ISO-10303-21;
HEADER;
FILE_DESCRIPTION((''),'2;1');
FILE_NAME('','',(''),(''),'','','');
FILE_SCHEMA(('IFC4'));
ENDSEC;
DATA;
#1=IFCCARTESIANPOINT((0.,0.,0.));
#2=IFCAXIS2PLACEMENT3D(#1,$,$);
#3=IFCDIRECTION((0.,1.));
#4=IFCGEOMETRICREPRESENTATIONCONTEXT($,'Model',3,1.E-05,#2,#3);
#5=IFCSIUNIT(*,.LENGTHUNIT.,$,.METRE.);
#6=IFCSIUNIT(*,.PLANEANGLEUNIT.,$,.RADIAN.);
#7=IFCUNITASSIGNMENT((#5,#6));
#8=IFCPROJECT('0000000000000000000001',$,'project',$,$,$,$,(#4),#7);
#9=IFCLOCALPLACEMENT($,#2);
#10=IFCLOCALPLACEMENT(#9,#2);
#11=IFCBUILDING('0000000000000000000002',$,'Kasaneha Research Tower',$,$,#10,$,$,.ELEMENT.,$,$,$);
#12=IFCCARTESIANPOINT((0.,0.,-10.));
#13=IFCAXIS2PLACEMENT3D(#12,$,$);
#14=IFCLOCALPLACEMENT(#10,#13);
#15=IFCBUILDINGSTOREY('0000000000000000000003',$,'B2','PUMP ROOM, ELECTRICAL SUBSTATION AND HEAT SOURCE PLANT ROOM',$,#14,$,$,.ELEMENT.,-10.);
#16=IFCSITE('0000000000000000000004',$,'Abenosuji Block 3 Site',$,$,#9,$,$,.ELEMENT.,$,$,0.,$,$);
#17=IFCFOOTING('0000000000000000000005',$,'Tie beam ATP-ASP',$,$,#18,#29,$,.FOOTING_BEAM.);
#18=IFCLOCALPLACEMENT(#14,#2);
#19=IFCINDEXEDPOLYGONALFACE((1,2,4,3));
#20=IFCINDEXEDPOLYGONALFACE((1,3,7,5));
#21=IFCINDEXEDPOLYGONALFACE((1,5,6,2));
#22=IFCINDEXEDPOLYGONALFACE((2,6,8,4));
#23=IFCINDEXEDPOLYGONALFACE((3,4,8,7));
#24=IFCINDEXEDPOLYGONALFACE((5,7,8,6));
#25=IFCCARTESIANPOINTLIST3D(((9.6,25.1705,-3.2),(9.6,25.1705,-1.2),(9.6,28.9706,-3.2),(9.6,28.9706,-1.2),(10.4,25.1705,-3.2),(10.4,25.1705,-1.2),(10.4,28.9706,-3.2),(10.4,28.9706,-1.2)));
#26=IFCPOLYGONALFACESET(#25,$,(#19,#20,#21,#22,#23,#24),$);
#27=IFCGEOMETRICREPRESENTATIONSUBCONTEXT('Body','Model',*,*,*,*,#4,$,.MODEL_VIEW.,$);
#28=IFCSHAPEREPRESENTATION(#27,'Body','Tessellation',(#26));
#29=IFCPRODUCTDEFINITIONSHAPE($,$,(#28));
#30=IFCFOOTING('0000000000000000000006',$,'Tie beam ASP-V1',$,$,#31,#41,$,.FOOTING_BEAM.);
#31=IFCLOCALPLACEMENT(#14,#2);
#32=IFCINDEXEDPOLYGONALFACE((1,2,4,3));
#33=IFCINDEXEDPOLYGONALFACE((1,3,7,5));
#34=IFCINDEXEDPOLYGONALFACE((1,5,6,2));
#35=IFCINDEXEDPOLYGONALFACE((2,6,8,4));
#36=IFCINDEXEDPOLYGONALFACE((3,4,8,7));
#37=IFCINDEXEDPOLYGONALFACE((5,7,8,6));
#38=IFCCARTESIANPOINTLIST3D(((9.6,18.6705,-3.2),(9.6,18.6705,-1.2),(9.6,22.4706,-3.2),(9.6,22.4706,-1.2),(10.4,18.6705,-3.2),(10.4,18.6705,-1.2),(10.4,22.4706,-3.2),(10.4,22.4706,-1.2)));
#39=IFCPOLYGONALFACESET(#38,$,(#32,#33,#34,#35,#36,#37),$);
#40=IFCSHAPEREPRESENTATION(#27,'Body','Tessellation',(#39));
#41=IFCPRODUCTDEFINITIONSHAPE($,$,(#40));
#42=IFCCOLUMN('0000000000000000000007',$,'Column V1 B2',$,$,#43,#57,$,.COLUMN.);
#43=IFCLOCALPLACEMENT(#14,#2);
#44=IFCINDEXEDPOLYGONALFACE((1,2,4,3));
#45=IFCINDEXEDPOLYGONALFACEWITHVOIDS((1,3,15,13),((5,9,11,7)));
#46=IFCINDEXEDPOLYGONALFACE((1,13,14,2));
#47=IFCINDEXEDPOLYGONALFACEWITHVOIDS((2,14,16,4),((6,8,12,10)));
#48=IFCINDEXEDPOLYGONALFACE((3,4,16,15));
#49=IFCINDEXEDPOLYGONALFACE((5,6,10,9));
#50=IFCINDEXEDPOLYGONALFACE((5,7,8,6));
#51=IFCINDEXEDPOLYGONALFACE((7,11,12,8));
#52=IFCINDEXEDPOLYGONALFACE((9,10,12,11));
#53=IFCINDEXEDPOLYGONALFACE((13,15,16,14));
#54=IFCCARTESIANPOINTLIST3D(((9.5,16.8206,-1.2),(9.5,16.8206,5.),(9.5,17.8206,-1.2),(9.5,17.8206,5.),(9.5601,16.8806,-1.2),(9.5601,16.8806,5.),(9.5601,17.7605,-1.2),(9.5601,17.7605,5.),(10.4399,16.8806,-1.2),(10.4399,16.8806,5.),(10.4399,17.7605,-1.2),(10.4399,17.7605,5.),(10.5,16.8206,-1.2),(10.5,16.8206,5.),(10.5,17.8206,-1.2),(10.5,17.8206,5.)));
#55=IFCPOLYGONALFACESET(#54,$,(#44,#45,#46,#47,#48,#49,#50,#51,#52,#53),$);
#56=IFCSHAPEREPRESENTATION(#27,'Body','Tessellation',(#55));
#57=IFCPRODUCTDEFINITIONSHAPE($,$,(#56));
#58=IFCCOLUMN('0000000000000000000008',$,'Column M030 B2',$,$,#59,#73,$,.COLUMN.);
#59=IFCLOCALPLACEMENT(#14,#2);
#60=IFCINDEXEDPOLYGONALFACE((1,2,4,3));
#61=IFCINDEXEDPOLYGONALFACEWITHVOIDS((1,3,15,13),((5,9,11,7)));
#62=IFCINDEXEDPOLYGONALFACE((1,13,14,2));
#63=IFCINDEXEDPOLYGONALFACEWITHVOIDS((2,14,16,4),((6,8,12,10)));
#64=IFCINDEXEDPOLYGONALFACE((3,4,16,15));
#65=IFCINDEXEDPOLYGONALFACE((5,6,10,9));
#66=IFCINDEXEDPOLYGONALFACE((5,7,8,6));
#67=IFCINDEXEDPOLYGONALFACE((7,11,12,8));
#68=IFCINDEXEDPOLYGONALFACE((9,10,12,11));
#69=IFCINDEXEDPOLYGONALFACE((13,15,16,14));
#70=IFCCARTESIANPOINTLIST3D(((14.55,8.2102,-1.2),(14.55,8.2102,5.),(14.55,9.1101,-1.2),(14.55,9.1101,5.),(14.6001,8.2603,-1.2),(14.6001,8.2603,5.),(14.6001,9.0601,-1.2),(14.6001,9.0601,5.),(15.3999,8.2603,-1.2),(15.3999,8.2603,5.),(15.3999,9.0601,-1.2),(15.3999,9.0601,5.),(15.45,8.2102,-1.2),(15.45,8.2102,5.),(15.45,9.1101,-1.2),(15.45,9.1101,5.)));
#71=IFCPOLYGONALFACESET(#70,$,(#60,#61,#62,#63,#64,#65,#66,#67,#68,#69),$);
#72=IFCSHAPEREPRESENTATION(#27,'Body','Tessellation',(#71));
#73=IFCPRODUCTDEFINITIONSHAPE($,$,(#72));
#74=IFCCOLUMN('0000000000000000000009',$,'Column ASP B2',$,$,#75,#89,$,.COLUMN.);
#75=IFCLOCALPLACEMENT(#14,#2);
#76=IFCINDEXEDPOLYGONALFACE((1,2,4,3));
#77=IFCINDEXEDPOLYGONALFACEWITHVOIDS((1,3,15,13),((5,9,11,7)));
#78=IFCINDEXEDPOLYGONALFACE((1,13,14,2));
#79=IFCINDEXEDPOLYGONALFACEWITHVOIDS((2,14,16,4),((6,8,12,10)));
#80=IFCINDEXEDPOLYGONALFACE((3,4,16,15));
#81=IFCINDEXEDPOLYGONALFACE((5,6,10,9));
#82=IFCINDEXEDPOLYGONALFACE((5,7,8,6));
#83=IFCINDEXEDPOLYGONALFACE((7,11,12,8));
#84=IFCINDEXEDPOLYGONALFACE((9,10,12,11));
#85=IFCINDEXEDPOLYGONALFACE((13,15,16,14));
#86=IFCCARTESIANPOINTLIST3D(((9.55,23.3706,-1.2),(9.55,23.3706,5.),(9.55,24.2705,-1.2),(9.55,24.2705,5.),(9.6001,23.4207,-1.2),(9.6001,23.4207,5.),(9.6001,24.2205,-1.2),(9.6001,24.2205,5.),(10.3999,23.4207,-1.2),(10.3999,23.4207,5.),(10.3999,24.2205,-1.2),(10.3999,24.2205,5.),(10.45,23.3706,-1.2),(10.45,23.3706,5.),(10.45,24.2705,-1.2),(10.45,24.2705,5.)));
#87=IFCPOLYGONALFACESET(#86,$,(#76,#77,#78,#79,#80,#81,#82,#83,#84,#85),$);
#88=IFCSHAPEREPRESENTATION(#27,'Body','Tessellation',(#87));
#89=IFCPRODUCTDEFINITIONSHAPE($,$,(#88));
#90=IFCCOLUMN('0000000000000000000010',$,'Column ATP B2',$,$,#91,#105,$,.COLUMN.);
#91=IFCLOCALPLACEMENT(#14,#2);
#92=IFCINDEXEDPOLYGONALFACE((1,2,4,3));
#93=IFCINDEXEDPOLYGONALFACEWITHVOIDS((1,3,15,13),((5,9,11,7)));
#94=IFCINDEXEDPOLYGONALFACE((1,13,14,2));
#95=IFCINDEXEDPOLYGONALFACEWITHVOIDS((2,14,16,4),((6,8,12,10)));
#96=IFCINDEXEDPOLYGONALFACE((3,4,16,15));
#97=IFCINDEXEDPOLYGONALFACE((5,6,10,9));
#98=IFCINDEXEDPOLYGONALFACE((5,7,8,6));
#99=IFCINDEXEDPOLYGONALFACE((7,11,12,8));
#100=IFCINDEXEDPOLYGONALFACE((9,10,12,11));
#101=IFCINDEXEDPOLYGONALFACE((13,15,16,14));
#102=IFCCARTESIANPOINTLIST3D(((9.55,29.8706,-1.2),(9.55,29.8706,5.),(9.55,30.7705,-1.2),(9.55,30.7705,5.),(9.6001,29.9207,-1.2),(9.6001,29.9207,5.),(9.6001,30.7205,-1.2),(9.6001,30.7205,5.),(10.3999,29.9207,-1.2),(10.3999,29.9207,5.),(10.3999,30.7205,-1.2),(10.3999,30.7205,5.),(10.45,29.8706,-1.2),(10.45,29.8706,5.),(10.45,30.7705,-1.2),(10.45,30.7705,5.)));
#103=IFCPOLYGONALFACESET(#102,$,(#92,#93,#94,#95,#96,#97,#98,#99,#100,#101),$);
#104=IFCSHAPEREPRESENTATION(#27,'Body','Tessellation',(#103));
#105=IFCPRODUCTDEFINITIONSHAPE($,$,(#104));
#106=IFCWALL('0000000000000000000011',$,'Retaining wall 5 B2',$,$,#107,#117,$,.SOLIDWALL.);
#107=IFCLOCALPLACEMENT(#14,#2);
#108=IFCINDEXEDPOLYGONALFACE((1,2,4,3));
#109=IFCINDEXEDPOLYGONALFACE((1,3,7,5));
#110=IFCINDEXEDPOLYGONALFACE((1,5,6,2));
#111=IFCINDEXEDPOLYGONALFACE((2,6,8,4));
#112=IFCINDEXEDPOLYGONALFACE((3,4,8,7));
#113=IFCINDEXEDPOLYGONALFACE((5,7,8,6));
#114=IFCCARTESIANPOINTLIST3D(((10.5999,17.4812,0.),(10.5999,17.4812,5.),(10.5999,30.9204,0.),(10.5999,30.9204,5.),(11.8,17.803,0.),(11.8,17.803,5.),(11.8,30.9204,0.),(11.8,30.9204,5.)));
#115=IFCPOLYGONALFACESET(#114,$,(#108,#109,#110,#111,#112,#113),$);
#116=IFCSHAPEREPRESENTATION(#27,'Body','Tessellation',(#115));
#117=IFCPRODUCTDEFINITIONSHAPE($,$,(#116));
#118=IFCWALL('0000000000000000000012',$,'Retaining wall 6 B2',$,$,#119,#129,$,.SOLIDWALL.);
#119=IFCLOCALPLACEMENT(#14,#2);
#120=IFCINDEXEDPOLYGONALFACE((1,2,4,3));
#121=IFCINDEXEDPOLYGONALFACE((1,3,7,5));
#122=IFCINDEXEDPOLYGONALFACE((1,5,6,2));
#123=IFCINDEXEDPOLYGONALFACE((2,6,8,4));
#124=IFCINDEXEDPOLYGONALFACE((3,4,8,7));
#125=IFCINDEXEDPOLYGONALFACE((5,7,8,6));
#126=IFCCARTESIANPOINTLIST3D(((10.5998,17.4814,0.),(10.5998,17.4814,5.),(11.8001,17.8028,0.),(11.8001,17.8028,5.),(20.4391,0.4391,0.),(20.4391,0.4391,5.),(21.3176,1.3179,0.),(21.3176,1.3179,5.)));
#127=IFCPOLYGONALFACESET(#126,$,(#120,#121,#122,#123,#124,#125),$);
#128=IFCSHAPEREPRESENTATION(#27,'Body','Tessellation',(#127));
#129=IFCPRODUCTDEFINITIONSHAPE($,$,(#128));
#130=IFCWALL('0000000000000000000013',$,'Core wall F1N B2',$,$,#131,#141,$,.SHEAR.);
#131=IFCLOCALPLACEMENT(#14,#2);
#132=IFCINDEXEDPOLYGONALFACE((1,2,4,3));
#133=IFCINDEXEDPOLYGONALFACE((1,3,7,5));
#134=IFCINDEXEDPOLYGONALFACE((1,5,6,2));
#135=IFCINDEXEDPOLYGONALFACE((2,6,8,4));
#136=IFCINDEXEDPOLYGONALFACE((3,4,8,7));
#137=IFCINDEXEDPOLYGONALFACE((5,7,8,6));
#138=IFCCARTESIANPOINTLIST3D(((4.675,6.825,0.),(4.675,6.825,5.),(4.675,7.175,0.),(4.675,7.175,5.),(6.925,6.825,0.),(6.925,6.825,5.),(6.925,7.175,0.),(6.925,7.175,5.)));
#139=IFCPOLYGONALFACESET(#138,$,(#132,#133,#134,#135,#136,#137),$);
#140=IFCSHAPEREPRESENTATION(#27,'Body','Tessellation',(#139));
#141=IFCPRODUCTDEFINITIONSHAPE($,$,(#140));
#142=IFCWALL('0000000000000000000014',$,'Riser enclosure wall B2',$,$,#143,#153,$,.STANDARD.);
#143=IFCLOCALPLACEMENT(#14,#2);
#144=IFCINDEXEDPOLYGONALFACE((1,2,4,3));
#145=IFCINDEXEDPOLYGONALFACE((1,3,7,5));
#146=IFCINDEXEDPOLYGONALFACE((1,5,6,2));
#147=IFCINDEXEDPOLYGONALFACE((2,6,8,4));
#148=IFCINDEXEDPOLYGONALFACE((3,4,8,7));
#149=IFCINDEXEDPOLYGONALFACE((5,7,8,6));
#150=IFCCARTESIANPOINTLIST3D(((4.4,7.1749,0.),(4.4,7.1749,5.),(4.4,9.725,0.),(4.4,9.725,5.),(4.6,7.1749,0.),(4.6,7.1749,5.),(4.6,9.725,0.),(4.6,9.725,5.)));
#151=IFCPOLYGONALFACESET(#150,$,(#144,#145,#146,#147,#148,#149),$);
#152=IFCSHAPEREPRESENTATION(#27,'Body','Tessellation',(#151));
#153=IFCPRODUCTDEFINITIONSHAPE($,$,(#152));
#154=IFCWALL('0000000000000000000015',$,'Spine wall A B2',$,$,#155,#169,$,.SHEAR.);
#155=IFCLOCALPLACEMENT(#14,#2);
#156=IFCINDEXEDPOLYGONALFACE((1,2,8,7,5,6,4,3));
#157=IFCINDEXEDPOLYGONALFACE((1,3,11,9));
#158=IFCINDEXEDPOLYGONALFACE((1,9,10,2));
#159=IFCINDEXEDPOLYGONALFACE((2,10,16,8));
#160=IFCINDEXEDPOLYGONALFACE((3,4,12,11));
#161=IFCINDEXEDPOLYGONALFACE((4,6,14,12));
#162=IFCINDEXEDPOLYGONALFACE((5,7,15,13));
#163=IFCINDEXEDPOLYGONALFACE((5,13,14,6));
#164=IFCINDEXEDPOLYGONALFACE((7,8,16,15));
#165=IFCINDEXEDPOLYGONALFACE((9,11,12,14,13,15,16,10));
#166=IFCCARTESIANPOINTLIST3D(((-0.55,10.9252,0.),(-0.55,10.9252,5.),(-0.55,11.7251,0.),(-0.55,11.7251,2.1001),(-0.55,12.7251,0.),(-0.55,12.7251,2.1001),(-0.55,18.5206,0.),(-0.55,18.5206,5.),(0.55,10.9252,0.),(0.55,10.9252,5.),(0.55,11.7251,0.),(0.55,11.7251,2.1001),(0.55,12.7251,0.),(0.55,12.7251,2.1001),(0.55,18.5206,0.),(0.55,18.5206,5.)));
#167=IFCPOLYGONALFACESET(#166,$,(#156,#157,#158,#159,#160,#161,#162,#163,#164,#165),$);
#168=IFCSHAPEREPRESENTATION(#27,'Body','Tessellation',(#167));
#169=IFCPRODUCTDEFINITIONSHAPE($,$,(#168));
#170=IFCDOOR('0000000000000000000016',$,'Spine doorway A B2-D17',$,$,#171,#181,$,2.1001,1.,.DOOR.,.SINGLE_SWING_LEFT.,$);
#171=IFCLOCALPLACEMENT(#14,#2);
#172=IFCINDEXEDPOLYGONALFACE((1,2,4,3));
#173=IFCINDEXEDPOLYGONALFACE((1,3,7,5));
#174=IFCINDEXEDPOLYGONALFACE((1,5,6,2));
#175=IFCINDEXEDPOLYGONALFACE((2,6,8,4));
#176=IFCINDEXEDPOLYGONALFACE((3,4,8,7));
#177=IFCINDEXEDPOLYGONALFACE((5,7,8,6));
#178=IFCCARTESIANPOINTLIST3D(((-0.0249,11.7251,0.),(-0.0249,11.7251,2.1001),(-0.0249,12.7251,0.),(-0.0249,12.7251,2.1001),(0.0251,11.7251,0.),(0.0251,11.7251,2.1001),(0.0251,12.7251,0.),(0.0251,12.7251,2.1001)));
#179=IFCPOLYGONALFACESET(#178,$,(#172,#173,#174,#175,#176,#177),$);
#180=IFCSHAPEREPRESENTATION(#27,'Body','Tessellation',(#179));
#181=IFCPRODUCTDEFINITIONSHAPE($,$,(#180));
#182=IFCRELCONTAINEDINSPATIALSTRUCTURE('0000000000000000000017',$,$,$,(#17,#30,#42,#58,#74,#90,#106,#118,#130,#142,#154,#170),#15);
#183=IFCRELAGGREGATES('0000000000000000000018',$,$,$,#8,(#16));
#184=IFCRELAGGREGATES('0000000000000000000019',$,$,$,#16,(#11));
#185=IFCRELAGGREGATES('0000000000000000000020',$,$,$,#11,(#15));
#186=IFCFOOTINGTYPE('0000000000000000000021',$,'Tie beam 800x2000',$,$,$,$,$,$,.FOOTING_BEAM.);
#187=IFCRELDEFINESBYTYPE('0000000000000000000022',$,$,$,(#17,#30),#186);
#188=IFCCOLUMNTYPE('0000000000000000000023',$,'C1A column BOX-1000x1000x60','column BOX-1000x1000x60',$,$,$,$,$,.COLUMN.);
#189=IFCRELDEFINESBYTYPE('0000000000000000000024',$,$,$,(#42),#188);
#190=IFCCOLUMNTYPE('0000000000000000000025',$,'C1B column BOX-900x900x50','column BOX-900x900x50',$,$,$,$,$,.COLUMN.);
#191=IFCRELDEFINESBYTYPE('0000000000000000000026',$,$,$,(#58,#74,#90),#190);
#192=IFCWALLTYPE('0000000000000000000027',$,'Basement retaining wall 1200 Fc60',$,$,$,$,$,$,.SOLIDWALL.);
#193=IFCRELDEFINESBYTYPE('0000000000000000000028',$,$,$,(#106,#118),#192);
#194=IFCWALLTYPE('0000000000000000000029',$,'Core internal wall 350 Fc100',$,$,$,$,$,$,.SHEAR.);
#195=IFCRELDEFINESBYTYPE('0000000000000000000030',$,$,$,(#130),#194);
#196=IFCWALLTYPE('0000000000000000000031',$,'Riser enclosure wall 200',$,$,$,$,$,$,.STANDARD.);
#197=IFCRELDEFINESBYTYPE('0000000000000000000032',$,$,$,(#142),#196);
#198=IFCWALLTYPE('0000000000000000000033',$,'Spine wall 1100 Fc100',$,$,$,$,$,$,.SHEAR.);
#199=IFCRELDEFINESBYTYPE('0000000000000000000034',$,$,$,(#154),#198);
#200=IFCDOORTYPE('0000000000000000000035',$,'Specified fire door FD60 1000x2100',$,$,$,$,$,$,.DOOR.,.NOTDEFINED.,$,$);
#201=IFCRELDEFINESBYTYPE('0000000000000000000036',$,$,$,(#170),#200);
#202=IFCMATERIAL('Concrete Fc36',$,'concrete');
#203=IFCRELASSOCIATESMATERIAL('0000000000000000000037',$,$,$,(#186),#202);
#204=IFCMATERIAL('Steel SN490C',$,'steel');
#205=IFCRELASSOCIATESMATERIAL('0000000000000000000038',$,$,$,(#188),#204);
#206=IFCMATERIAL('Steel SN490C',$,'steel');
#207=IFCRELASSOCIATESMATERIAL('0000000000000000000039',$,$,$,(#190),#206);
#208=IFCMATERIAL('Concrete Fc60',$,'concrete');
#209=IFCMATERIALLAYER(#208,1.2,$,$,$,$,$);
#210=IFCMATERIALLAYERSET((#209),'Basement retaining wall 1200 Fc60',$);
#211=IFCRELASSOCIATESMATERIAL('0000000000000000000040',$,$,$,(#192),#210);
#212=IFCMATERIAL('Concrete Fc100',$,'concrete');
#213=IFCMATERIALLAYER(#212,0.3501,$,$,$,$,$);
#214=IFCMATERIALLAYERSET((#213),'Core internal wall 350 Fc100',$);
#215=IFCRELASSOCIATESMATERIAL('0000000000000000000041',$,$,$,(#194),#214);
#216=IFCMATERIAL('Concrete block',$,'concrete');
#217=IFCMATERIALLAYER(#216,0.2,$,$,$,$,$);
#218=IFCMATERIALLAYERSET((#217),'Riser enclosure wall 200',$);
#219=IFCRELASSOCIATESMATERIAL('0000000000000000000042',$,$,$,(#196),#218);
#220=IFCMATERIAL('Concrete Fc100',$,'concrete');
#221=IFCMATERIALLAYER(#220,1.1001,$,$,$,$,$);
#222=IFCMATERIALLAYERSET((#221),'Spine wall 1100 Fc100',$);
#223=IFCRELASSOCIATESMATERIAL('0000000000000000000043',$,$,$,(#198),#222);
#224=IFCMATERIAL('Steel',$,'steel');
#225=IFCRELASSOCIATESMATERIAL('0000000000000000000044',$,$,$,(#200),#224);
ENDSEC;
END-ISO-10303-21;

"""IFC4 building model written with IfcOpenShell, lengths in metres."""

from ifc_helpers import new_model, si_unit, direction, frame, frame_2d, origin, origin_2d, place, context, subcontext, project, spatial, polyline, rectangle, hollow_rectangle, outline, extrude, material, layer, layer_set, material_profile, profile_set, type_object, element, fill, save


model = new_model("IFC4")

# Units and contexts
model_context = context("Model", 3, precision=1e-05, world=origin(), true_north=direction((0.0, 1.0)))
body_context = subcontext(model_context, "Body", "Model", "MODEL_VIEW")
ifc_project = project(units=[si_unit("LENGTHUNIT", "METRE"), si_unit("PLANEANGLEUNIT", "RADIAN")], contexts=[model_context])

# Site, building, storey
site_placement = place(None, origin())
site = spatial("IfcSite", under=ifc_project, at=site_placement, Name="Abenosuji Block 3 Site", CompositionType="ELEMENT", RefElevation=0.0)
building_placement = place(site_placement, origin())
building = spatial("IfcBuilding", under=site, at=building_placement, Name="Kasaneha Research Tower", CompositionType="ELEMENT")
storey_placement = place(building_placement, frame((0.0, 0.0, -10.0)))
storey = spatial("IfcBuildingStorey", under=building, at=storey_placement, Name="B2", Description="PUMP ROOM, ELECTRICAL SUBSTATION AND HEAT SOURCE PLANT ROOM", CompositionType="ELEMENT", Elevation=-10.0)

# Footings
ifc_material_1 = material(Name="Concrete Fc36", Category="concrete")
footing_type_1 = type_object("IfcFootingType", Name="Tie beam 800x2000", PredefinedType="FOOTING_BEAM", material=ifc_material_1)
for number, where, z_axis, x_axis, name in (
    (1, (10.0, 27.0706, -3.2), (0.0, 0.0, 1.0), (0.0, -1.0, 0.0), "Tie beam ATP-ASP"),
    (2, (10.0, 20.5706, -3.2), (0.0, 0.0, 1.0), (0.0, -1.0, 0.0), "Tie beam ASP-V1"),
):
    element("IfcFooting", number, at=place(storey_placement, frame(where, z_axis=z_axis, x_axis=x_axis)), inside=storey, type_object=footing_type_1, Name=name, PredefinedType="FOOTING_BEAM", context=body_context, shape_type="SweptSolid", body=[
        extrude(rectangle(XDim=3.8, YDim=0.8, at=origin_2d()), origin(), (0.0, 0.0, 1.0), 2.0),
    ])

# Columns
ifc_material_2 = material(Name="Steel SN490C", Category="steel")
ifc_material_profile_1 = material_profile(ifc_material_2, hollow_rectangle(XDim=1.0, YDim=1.0, WallThickness=0.0601, at=origin_2d()), Name="BOX-1000x1000x60")
ifc_profile_set_1 = profile_set([ifc_material_profile_1], Name="Steel SN490C")
column_type_1 = type_object("IfcColumnType", Name="C1A column BOX-1000x1000x60", Description="column BOX-1000x1000x60", PredefinedType="COLUMN", material=ifc_profile_set_1)
column_placement = place(storey_placement, frame((10.0, 17.3206, -1.2), z_axis=(0.0, 0.0, 1.0), x_axis=(1.0, 0.0, 0.0)))
element("IfcColumn", 3, at=column_placement, inside=storey, type_object=column_type_1, Name="Column V1 B2", PredefinedType="COLUMN", context=body_context, shape_type="SweptSolid", body=[
    extrude(hollow_rectangle(XDim=1.0, YDim=1.0, WallThickness=0.0601, at=origin_2d()), origin(), (0.0, 0.0, 1.0), 6.2),
])
ifc_material_3 = material(Name="Steel SN490C", Category="steel")
ifc_material_profile_2 = material_profile(ifc_material_3, hollow_rectangle(XDim=0.8999, YDim=0.8999, WallThickness=0.05, at=origin_2d()), Name="BOX-900x900x50")
ifc_profile_set_2 = profile_set([ifc_material_profile_2], Name="Steel SN490C")
column_type_2 = type_object("IfcColumnType", Name="C1B column BOX-900x900x50", Description="column BOX-900x900x50", PredefinedType="COLUMN", material=ifc_profile_set_2)
for number, where, z_axis, x_axis, name in (
    (4, (15.0, 8.6602, -1.2), (0.0, 0.0, 1.0), (1.0, 0.0, 0.0), "Column M030 B2"),
    (5, (10.0, 23.8206, -1.2), (0.0, 0.0, 1.0), (1.0, 0.0, 0.0), "Column ASP B2"),
    (6, (10.0, 30.3206, -1.2), (0.0, 0.0, 1.0), (1.0, 0.0, 0.0), "Column ATP B2"),
):
    element("IfcColumn", number, at=place(storey_placement, frame(where, z_axis=z_axis, x_axis=x_axis)), inside=storey, type_object=column_type_2, Name=name, PredefinedType="COLUMN", context=body_context, shape_type="SweptSolid", body=[
        extrude(hollow_rectangle(XDim=0.8999, YDim=0.8999, WallThickness=0.05, at=origin_2d()), origin(), (0.0, 0.0, 1.0), 6.2),
    ])

# Walls
ifc_material_4 = material(Name="Concrete Fc60", Category="concrete")
ifc_layer_1 = layer(ifc_material_4, 1.2)
ifc_layer_set_1 = layer_set([ifc_layer_1], Name="Basement retaining wall 1200 Fc60")
wall_type_1 = type_object("IfcWallType", Name="Basement retaining wall 1200 Fc60", PredefinedType="SOLIDWALL", material=ifc_layer_set_1)
wall_1_placement = place(storey_placement, frame((11.2, 30.9204, 0.0), z_axis=(0.0, 0.0, 1.0), x_axis=(0.0, -1.0, 0.0)))
element("IfcWall", 7, at=wall_1_placement, inside=storey, type_object=wall_type_1, Name="Retaining wall 5 B2", PredefinedType="SOLIDWALL", context=body_context, shape_type="SweptSolid", body=[
    extrude(outline(polyline([(0.0, -0.6001), (13.4392, -0.6001), (13.1174, 0.6001), (0.0, 0.6001), (0.0, -0.6001)])), origin(), (0.0, 0.0, 1.0), 5.0),
])
wall_2_placement = place(storey_placement, frame((11.2, 17.6421, 0.0), z_axis=(0.0, 0.0, 1.0), x_axis=(0.499998, -0.866026, 0.0)))
element("IfcWall", 8, at=wall_2_placement, inside=storey, type_object=wall_type_1, Name="Retaining wall 6 B2", PredefinedType="SOLIDWALL", context=body_context, shape_type="SweptSolid", body=[
    extrude(outline(polyline([(-0.1609, -0.6001), (19.5178, -0.6001), (19.196, 0.6001), (0.1609, 0.6001), (-0.1609, -0.6001)])), origin(), (0.0, 0.0, 1.0), 5.0),
])
ifc_material_5 = material(Name="Concrete Fc100", Category="concrete")
ifc_layer_2 = layer(ifc_material_5, 0.3501)
ifc_layer_set_2 = layer_set([ifc_layer_2], Name="Core internal wall 350 Fc100")
wall_type_2 = type_object("IfcWallType", Name="Core internal wall 350 Fc100", PredefinedType="SHEAR", material=ifc_layer_set_2)
wall_3_placement = place(storey_placement, frame((4.675, 7.0, 0.0), z_axis=(0.0, 0.0, 1.0), x_axis=(1.0, 0.0, 0.0)))
element("IfcWall", 9, at=wall_3_placement, inside=storey, type_object=wall_type_2, Name="Core wall F1N B2", PredefinedType="SHEAR", context=body_context, shape_type="SweptSolid", body=[
    extrude(rectangle(XDim=2.25, YDim=0.3501, at=frame_2d((1.125, 0.0))), origin(), (0.0, 0.0, 1.0), 5.0),
])

# Wall
ifc_material_6 = material(Name="Concrete block", Category="concrete")
ifc_layer_3 = layer(ifc_material_6, 0.2)
ifc_layer_set_3 = layer_set([ifc_layer_3], Name="Riser enclosure wall 200")
wall_type_3 = type_object("IfcWallType", Name="Riser enclosure wall 200", PredefinedType="STANDARD", material=ifc_layer_set_3)
wall_4_placement = place(storey_placement, frame((4.5, 7.175, 0.0), z_axis=(0.0, 0.0, 1.0), x_axis=(0.0, 1.0, 0.0)))
element("IfcWall", 10, at=wall_4_placement, inside=storey, type_object=wall_type_3, Name="Riser enclosure wall B2", PredefinedType="STANDARD", context=body_context, shape_type="SweptSolid", body=[
    extrude(rectangle(XDim=2.55, YDim=0.2, at=frame_2d((1.2749, 0.0))), origin(), (0.0, 0.0, 1.0), 5.0),
])

# Wall, opening, door
ifc_material_7 = material(Name="Concrete Fc100", Category="concrete")
ifc_layer_4 = layer(ifc_material_7, 1.1001)
ifc_layer_set_4 = layer_set([ifc_layer_4], Name="Spine wall 1100 Fc100")
wall_type_4 = type_object("IfcWallType", Name="Spine wall 1100 Fc100", PredefinedType="SHEAR", material=ifc_layer_set_4)
wall_5_placement = place(storey_placement, frame((0.0, 10.925, 0.0), z_axis=(0.0, 0.0, 1.0), x_axis=(0.0, 1.0, 0.0)))
wall_5 = element("IfcWall", 11, at=wall_5_placement, inside=storey, type_object=wall_type_4, Name="Spine wall A B2", PredefinedType="SHEAR", context=body_context, shape_type="SweptSolid", body=[
    extrude(rectangle(XDim=7.5955, YDim=1.1001, at=frame_2d((3.7979, 0.0))), origin(), (0.0, 0.0, 1.0), 5.0),
])
opening_1_placement = place(wall_5_placement, frame((0.8, 0.0, 0.0)))
opening_1 = element("IfcOpeningElement", 12, at=opening_1_placement, cuts=wall_5, PredefinedType="OPENING", context=body_context, shape_type="SweptSolid", body=[
    extrude(rectangle(XDim=1.0, YDim=2.1001, at=frame_2d((0.5, 1.05))), frame((0.0, 0.5601, 0.0), z_axis=(0.0, -1.0, 0.0), x_axis=(1.0, 0.0, 0.0)), (0.0, 0.0, 1.0), 1.1201),
])
ifc_material_8 = material(Name="Steel", Category="steel")
door_type_1 = type_object("IfcDoorType", Name="Specified fire door FD60 1000x2100", OperationType="NOTDEFINED", PredefinedType="DOOR", material=ifc_material_8)
door_1_placement = place(opening_1_placement, origin())
door_1 = element("IfcDoor", 13, at=door_1_placement, inside=storey, type_object=door_type_1, Name="Spine doorway A B2-D17", OperationType="SINGLE_SWING_LEFT", OverallHeight=2.1001, OverallWidth=1.0, PredefinedType="DOOR", context=body_context, shape_type="SweptSolid", body=[
    extrude(rectangle(XDim=1.0, YDim=2.1001, at=frame_2d((0.5, 1.05))), frame((0.0, 0.0249, 0.0), z_axis=(0.0, -1.0, 0.0), x_axis=(1.0, 0.0, 0.0)), (0.0, 0.0, 1.0), 0.05),
])
fill(opening_1, door_1)

save(model, "model.ifc")
